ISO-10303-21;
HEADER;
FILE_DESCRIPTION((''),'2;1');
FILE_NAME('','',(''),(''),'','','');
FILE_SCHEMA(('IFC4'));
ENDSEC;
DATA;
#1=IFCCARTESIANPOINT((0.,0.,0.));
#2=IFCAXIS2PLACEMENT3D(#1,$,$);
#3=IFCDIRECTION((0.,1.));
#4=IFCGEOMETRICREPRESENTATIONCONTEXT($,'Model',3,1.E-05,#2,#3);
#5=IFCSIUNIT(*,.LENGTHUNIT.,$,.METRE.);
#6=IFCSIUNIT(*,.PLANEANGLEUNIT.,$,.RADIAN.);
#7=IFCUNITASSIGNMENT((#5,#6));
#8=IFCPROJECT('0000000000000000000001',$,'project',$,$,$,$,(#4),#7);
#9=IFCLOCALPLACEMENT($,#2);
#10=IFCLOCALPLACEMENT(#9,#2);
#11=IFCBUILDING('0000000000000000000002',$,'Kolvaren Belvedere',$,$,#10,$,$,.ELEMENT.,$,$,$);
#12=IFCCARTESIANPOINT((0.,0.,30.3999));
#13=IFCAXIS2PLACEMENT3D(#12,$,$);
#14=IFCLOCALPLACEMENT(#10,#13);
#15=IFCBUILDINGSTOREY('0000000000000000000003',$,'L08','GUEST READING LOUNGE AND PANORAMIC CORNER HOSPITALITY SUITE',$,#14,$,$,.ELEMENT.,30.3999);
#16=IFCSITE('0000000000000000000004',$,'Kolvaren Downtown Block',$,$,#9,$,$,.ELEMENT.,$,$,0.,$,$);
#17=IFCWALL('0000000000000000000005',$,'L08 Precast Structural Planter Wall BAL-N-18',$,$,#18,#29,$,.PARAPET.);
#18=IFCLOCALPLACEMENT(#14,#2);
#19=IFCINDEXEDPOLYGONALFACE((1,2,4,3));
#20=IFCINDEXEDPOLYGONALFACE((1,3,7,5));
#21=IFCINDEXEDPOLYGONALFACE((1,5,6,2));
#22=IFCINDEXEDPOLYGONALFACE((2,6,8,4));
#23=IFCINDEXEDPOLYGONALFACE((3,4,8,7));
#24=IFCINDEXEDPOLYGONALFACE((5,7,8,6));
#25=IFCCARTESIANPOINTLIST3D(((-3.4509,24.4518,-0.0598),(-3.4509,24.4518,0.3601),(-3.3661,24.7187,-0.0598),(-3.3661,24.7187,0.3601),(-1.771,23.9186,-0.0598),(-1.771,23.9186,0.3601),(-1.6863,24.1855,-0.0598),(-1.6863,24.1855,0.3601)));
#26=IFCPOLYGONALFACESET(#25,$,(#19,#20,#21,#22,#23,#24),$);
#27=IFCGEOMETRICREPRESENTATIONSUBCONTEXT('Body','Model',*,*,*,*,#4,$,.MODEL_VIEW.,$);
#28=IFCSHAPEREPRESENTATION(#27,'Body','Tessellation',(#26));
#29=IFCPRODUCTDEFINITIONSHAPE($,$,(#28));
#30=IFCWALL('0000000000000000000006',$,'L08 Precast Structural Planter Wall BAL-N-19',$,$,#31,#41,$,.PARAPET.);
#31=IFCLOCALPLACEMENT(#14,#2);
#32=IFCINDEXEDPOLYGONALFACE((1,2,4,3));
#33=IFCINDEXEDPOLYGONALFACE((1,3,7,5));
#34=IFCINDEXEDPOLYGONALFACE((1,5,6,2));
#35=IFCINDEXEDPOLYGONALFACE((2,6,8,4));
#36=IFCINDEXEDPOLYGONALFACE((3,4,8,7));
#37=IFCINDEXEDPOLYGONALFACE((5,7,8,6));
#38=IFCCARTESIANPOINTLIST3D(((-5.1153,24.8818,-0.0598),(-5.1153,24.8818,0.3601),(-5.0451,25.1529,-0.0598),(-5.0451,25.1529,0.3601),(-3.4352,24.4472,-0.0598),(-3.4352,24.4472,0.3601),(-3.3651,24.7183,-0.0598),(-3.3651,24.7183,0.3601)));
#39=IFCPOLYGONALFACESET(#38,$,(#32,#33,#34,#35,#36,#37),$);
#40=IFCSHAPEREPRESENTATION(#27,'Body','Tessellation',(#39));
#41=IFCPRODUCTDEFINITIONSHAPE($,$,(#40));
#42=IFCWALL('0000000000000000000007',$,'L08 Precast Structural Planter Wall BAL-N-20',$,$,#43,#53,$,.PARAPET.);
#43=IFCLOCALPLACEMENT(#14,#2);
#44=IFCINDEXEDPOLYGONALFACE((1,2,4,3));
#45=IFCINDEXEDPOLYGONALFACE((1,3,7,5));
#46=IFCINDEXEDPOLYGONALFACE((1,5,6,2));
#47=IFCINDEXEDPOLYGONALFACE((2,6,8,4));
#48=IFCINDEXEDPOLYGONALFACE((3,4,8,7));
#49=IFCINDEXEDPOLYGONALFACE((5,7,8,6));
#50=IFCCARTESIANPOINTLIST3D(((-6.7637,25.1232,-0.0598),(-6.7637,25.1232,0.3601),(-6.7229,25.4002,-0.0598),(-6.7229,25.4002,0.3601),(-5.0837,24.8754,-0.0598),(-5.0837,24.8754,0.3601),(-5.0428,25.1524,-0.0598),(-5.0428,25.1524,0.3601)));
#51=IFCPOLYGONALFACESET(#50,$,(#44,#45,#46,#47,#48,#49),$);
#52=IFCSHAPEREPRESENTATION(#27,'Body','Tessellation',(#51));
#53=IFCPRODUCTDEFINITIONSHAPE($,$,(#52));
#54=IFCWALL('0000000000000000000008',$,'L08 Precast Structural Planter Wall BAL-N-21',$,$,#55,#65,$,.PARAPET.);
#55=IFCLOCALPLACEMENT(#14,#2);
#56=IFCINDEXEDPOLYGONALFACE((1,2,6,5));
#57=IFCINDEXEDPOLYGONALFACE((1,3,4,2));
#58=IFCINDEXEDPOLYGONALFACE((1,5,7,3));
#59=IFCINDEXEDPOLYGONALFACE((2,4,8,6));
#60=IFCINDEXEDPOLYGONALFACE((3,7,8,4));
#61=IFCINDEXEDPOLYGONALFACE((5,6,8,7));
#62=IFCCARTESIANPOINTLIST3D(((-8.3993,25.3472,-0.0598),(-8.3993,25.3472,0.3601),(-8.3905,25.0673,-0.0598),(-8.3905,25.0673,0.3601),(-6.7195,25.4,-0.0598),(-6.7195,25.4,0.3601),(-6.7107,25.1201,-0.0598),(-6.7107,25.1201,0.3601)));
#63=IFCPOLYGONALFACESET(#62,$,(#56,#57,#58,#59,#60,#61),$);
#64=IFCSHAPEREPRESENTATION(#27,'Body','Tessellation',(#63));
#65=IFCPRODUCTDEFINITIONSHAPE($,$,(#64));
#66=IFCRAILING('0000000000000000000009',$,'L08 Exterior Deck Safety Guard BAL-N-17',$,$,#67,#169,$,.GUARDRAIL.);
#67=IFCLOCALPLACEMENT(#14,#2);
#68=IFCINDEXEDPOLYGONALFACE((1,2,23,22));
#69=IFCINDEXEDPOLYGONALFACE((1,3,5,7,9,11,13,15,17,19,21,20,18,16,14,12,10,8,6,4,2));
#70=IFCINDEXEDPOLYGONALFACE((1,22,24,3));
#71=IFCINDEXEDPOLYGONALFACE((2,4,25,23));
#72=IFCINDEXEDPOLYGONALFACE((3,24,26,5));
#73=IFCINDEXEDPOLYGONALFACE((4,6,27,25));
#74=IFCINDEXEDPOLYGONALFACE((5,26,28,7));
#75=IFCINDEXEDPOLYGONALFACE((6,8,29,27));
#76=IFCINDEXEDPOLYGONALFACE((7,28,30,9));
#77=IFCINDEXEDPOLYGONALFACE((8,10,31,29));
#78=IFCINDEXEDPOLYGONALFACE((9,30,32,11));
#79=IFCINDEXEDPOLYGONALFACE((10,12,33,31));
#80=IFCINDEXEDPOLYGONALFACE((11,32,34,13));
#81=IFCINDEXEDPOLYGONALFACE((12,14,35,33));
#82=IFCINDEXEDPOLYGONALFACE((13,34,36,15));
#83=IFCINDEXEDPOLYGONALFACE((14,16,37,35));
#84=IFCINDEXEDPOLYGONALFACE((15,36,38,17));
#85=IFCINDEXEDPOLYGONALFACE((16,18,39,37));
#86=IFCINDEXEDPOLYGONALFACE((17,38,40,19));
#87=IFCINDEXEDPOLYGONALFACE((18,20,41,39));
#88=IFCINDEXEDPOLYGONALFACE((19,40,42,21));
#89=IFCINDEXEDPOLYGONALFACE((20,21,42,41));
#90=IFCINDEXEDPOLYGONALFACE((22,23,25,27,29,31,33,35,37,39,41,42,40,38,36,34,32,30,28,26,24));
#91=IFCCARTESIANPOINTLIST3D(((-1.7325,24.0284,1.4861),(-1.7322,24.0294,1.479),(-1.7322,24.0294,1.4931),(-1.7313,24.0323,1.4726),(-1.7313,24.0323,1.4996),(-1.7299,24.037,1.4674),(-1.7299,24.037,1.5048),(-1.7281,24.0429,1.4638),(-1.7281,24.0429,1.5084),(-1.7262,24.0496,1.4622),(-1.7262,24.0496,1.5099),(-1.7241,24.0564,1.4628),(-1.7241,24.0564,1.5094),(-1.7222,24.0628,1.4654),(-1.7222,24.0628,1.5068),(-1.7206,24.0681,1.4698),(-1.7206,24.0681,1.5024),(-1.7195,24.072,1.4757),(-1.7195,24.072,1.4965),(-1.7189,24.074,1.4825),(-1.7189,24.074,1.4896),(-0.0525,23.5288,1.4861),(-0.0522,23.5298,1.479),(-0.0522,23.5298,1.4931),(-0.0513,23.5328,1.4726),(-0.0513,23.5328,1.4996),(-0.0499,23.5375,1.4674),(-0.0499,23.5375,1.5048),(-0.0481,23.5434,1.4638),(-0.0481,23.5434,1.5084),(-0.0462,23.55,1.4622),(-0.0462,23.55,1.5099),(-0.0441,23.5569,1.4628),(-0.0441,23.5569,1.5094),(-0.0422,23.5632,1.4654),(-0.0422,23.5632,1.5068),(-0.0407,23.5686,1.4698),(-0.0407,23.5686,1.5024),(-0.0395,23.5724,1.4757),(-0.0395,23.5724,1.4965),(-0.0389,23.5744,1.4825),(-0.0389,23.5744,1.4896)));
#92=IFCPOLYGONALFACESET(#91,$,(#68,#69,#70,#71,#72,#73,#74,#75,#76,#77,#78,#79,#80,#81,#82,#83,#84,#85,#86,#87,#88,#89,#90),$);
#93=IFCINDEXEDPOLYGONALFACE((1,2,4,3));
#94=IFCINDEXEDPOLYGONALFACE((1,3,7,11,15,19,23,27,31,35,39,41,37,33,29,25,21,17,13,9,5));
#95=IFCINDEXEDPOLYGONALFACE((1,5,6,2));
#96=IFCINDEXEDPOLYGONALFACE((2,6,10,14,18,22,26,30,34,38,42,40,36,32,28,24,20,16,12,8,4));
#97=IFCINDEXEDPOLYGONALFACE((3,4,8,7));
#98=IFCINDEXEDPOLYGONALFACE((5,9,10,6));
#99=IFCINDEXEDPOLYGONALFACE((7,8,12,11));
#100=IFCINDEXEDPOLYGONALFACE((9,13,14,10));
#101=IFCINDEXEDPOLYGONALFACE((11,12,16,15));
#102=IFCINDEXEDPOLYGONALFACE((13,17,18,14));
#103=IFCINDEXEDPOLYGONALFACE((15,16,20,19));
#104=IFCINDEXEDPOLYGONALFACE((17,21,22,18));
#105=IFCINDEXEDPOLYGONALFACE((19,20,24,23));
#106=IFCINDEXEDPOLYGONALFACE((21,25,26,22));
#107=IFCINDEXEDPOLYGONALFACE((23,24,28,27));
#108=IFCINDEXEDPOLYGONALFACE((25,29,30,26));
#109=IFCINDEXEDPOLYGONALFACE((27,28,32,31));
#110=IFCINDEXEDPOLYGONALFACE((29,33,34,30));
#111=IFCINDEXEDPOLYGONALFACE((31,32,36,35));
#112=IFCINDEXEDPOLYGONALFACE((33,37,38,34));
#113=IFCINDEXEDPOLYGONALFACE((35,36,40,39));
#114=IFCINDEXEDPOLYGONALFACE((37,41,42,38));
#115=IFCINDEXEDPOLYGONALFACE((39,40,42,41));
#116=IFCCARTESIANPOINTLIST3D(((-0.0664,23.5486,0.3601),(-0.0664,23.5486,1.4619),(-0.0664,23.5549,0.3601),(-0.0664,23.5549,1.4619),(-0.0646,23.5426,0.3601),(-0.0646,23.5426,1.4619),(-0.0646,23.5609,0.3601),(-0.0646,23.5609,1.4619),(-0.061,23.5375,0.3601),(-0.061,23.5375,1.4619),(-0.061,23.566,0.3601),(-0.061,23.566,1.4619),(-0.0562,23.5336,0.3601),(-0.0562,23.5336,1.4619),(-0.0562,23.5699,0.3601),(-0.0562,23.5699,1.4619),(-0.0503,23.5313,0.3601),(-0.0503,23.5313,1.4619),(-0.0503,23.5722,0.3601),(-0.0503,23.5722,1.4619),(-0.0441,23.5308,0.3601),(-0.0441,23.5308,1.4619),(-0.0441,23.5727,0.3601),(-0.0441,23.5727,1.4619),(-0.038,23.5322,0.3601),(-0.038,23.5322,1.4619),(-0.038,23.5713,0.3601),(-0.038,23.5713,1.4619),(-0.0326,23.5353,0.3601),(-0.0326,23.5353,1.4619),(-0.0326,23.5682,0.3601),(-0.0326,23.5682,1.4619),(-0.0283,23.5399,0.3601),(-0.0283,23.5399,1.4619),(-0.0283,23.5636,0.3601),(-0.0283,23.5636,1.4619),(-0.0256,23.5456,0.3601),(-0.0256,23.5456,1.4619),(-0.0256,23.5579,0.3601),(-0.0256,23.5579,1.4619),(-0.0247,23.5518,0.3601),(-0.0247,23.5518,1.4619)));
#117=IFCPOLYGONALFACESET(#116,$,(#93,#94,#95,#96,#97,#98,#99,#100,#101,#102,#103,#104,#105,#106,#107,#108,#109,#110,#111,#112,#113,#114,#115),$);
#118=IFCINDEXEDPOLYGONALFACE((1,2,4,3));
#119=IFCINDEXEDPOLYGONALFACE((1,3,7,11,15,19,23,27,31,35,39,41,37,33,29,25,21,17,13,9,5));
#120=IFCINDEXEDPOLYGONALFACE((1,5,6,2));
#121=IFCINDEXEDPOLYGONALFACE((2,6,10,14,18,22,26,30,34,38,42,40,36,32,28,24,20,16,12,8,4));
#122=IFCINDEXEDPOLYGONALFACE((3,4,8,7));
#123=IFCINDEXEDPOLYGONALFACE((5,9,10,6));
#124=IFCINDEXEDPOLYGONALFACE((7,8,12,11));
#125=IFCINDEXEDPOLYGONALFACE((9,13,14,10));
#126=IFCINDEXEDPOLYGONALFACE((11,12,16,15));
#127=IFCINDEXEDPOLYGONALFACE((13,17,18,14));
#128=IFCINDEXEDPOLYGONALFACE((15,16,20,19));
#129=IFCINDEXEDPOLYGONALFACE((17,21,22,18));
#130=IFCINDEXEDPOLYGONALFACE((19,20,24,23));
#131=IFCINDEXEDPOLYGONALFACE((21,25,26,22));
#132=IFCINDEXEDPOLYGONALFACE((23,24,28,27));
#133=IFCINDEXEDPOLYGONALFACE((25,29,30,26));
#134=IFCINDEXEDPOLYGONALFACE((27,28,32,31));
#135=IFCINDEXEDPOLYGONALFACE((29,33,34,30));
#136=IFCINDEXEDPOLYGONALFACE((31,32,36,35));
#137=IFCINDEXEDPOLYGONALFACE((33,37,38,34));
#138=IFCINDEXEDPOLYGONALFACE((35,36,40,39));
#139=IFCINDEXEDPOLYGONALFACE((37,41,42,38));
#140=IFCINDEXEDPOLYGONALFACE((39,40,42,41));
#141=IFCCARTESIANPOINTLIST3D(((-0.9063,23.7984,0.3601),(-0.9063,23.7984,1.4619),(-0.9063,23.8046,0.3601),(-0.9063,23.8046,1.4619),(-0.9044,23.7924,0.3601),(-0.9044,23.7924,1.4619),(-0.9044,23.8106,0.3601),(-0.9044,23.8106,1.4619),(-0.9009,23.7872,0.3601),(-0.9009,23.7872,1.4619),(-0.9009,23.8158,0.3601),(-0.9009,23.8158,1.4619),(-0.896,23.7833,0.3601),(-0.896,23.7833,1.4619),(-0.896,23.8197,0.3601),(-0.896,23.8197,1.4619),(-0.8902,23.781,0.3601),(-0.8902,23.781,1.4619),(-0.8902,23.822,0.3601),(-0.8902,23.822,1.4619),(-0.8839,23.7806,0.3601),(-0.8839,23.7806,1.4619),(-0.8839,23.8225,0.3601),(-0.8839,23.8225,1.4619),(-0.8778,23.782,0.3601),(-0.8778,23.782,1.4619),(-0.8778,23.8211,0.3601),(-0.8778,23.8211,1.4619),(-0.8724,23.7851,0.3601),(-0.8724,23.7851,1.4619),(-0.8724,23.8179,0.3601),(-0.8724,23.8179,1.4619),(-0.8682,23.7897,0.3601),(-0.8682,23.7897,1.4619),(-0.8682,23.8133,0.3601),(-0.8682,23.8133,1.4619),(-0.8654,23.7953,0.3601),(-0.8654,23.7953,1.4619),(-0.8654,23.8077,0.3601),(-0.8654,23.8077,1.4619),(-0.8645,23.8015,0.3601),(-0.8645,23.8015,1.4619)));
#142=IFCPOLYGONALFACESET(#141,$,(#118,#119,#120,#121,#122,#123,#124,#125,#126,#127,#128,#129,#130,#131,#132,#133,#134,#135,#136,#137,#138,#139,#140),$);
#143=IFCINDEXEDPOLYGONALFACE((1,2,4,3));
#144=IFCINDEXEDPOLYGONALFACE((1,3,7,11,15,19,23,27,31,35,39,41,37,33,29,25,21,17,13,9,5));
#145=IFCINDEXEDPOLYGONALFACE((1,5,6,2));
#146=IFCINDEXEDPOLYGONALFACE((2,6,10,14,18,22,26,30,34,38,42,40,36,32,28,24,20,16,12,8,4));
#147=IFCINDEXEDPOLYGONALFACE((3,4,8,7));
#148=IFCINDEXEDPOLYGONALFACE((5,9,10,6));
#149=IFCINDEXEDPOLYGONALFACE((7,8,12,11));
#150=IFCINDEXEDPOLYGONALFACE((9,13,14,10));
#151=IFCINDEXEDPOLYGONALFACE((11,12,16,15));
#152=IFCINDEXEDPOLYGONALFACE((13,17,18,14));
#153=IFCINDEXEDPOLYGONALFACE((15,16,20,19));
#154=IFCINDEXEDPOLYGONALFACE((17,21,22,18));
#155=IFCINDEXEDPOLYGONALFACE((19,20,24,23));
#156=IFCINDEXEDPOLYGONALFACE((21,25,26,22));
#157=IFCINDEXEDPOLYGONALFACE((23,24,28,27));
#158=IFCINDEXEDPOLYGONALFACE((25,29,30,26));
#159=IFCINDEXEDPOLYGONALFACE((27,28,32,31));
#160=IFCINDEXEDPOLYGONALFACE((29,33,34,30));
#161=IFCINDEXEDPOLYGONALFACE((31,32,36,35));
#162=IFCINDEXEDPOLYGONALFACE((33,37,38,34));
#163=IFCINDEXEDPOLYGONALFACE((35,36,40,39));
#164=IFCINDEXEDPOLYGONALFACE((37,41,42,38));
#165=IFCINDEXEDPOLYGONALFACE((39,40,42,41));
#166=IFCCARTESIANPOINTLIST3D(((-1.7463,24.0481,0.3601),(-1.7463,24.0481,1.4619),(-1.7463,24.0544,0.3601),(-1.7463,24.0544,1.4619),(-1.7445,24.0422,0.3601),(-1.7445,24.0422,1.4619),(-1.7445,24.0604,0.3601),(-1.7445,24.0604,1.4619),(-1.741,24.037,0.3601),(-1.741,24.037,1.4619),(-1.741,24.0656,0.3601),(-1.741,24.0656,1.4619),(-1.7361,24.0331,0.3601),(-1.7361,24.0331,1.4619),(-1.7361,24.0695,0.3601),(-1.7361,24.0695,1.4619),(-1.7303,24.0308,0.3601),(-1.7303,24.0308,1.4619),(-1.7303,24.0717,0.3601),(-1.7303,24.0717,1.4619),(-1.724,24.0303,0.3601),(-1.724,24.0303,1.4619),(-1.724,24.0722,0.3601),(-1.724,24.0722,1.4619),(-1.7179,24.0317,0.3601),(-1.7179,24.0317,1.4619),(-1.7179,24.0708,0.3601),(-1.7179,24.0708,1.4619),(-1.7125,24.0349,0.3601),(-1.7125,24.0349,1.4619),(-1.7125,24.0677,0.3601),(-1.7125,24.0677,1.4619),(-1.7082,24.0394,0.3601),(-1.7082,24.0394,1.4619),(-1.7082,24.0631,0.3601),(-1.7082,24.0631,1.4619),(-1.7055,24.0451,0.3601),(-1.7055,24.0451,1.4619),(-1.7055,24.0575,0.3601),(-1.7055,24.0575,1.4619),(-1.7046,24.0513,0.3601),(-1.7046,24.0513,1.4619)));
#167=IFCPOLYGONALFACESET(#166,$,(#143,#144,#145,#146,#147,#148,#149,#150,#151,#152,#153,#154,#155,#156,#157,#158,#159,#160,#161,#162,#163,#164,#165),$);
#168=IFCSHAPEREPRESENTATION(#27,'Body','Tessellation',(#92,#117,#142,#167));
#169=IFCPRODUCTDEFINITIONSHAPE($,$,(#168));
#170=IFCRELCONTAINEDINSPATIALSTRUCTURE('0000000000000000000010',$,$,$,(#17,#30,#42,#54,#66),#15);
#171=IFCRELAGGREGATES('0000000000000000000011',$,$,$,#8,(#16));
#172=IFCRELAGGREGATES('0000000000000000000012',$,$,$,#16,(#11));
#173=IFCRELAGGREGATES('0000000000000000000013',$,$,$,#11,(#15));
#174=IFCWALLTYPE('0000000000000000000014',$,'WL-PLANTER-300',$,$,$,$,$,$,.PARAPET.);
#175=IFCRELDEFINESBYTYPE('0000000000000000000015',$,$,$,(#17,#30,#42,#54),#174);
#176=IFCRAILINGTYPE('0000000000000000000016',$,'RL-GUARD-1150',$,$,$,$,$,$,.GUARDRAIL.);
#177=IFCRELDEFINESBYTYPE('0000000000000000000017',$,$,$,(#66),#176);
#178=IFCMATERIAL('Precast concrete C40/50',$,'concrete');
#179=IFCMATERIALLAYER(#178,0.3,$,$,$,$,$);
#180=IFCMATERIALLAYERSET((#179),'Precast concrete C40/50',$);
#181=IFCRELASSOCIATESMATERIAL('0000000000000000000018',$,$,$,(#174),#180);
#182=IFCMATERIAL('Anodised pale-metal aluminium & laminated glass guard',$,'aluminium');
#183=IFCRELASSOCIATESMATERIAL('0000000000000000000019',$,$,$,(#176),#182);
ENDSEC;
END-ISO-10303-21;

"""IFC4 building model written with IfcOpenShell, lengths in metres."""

from ifc_helpers import new_model, si_unit, direction, frame, frame_2d, origin, origin_2d, place, context, subcontext, project, spatial, rectangle, circle, extrude, material, layer, layer_set, type_object, element, save


model = new_model("IFC4")

# Units and contexts
model_context = context("Model", 3, precision=1e-05, world=origin(), true_north=direction((0.0, 1.0)))
body_context = subcontext(model_context, "Body", "Model", "MODEL_VIEW")
ifc_project = project(units=[si_unit("LENGTHUNIT", "METRE"), si_unit("PLANEANGLEUNIT", "RADIAN")], contexts=[model_context])

# Site, building, storey
site_placement = place(None, origin())
site = spatial("IfcSite", under=ifc_project, at=site_placement, Name="Kolvaren Downtown Block", CompositionType="ELEMENT", RefElevation=0.0)
building_placement = place(site_placement, origin())
building = spatial("IfcBuilding", under=site, at=building_placement, Name="Kolvaren Belvedere", CompositionType="ELEMENT")
storey_placement = place(building_placement, frame((0.0, 0.0, 30.3999)))
storey = spatial("IfcBuildingStorey", under=building, at=storey_placement, Name="L08", Description="GUEST READING LOUNGE AND PANORAMIC CORNER HOSPITALITY SUITE", CompositionType="ELEMENT", Elevation=30.3999)

# Walls
ifc_material_1 = material(Name="Precast concrete C40/50", Category="concrete")
ifc_layer_1 = layer(ifc_material_1, 0.3)
ifc_layer_set_1 = layer_set([ifc_layer_1], Name="Precast concrete C40/50")
wall_type_1 = type_object("IfcWallType", Name="WL-PLANTER-300", PredefinedType="PARAPET", material=ifc_layer_set_1)
wall_1_placement = place(storey_placement, frame((-1.7285, 24.052, -0.0598), z_axis=(0.0, 0.0, 1.0), x_axis=(-0.953142, 0.302523, 0.0)))
element("IfcWall", 1, at=wall_1_placement, inside=storey, type_object=wall_type_1, Name="L08 Precast Structural Planter Wall BAL-N-18", PredefinedType="PARAPET", context=body_context, shape_type="SweptSolid", body=[
    extrude(rectangle(XDim=1.7625, YDim=0.28, at=frame_2d((0.8813, 0.0))), origin(), (0.0, 0.0, 1.0), 0.4199),
])
wall_2_placement = place(storey_placement, frame((-3.4001, 24.5828, -0.0598), z_axis=(0.0, 0.0, 1.0), x_axis=(-0.968132, 0.25044, 0.0)))
element("IfcWall", 2, at=wall_2_placement, inside=storey, type_object=wall_type_1, Name="L08 Precast Structural Planter Wall BAL-N-19", PredefinedType="PARAPET", context=body_context, shape_type="SweptSolid", body=[
    extrude(rectangle(XDim=1.7354, YDim=0.28, at=frame_2d((0.8677, 0.0))), origin(), (0.0, 0.0, 1.0), 0.4199),
])
wall_3_placement = place(storey_placement, frame((-5.0632, 25.0139, -0.0598), z_axis=(0.0, 0.0, 1.0), x_axis=(-0.989298, 0.145908, 0.0)))
element("IfcWall", 3, at=wall_3_placement, inside=storey, type_object=wall_type_1, Name="L08 Precast Structural Planter Wall BAL-N-20", PredefinedType="PARAPET", context=body_context, shape_type="SweptSolid", body=[
    extrude(rectangle(XDim=1.6982, YDim=0.28, at=frame_2d((0.8491, 0.0))), origin(), (0.0, 0.0, 1.0), 0.4199),
])
wall_4_placement = place(storey_placement, frame((-6.7151, 25.26, -0.0598), z_axis=(0.0, 0.0, 1.0), x_axis=(-0.999508, -0.031375, 0.0)))
element("IfcWall", 4, at=wall_4_placement, inside=storey, type_object=wall_type_1, Name="L08 Precast Structural Planter Wall BAL-N-21", PredefinedType="PARAPET", context=body_context, shape_type="SweptSolid", body=[
    extrude(rectangle(XDim=1.6807, YDim=0.28, at=frame_2d((0.8403, 0.0))), origin(), (0.0, 0.0, 1.0), 0.4199),
])

# Railing
ifc_material_2 = material(Name="Anodised pale-metal aluminium & laminated glass guard", Category="aluminium")
railing_type = type_object("IfcRailingType", Name="RL-GUARD-1150", PredefinedType="GUARDRAIL", material=ifc_material_2)
railing_1_placement = place(storey_placement, frame((-0.0457, 23.5518, 0.3601)))
element("IfcRailing", 5, at=railing_1_placement, inside=storey, type_object=railing_type, Name="L08 Exterior Deck Safety Guard BAL-N-17", PredefinedType="GUARDRAIL", context=body_context, shape_type="SweptSolid", body=[
    extrude(circle(Radius=0.0239, at=origin_2d()), frame((0.0, 0.0, 1.126), z_axis=(-0.958525, 0.285008, 0.0), x_axis=(-0.285008, -0.958525, 0.0)), (0.0, 0.0, 1.0), 1.7527),
    extrude(circle(Radius=0.021, at=origin_2d()), origin(), (0.0, 0.0, 1.0), 1.1018),
    extrude(circle(Radius=0.021, at=origin_2d()), frame((-0.8398, 0.2498, 0.0)), (0.0, 0.0, 1.0), 1.1018),
    extrude(circle(Radius=0.021, at=origin_2d()), frame((-1.6799, 0.4995, 0.0)), (0.0, 0.0, 1.0), 1.1018),
])

save(model, "model.ifc")
